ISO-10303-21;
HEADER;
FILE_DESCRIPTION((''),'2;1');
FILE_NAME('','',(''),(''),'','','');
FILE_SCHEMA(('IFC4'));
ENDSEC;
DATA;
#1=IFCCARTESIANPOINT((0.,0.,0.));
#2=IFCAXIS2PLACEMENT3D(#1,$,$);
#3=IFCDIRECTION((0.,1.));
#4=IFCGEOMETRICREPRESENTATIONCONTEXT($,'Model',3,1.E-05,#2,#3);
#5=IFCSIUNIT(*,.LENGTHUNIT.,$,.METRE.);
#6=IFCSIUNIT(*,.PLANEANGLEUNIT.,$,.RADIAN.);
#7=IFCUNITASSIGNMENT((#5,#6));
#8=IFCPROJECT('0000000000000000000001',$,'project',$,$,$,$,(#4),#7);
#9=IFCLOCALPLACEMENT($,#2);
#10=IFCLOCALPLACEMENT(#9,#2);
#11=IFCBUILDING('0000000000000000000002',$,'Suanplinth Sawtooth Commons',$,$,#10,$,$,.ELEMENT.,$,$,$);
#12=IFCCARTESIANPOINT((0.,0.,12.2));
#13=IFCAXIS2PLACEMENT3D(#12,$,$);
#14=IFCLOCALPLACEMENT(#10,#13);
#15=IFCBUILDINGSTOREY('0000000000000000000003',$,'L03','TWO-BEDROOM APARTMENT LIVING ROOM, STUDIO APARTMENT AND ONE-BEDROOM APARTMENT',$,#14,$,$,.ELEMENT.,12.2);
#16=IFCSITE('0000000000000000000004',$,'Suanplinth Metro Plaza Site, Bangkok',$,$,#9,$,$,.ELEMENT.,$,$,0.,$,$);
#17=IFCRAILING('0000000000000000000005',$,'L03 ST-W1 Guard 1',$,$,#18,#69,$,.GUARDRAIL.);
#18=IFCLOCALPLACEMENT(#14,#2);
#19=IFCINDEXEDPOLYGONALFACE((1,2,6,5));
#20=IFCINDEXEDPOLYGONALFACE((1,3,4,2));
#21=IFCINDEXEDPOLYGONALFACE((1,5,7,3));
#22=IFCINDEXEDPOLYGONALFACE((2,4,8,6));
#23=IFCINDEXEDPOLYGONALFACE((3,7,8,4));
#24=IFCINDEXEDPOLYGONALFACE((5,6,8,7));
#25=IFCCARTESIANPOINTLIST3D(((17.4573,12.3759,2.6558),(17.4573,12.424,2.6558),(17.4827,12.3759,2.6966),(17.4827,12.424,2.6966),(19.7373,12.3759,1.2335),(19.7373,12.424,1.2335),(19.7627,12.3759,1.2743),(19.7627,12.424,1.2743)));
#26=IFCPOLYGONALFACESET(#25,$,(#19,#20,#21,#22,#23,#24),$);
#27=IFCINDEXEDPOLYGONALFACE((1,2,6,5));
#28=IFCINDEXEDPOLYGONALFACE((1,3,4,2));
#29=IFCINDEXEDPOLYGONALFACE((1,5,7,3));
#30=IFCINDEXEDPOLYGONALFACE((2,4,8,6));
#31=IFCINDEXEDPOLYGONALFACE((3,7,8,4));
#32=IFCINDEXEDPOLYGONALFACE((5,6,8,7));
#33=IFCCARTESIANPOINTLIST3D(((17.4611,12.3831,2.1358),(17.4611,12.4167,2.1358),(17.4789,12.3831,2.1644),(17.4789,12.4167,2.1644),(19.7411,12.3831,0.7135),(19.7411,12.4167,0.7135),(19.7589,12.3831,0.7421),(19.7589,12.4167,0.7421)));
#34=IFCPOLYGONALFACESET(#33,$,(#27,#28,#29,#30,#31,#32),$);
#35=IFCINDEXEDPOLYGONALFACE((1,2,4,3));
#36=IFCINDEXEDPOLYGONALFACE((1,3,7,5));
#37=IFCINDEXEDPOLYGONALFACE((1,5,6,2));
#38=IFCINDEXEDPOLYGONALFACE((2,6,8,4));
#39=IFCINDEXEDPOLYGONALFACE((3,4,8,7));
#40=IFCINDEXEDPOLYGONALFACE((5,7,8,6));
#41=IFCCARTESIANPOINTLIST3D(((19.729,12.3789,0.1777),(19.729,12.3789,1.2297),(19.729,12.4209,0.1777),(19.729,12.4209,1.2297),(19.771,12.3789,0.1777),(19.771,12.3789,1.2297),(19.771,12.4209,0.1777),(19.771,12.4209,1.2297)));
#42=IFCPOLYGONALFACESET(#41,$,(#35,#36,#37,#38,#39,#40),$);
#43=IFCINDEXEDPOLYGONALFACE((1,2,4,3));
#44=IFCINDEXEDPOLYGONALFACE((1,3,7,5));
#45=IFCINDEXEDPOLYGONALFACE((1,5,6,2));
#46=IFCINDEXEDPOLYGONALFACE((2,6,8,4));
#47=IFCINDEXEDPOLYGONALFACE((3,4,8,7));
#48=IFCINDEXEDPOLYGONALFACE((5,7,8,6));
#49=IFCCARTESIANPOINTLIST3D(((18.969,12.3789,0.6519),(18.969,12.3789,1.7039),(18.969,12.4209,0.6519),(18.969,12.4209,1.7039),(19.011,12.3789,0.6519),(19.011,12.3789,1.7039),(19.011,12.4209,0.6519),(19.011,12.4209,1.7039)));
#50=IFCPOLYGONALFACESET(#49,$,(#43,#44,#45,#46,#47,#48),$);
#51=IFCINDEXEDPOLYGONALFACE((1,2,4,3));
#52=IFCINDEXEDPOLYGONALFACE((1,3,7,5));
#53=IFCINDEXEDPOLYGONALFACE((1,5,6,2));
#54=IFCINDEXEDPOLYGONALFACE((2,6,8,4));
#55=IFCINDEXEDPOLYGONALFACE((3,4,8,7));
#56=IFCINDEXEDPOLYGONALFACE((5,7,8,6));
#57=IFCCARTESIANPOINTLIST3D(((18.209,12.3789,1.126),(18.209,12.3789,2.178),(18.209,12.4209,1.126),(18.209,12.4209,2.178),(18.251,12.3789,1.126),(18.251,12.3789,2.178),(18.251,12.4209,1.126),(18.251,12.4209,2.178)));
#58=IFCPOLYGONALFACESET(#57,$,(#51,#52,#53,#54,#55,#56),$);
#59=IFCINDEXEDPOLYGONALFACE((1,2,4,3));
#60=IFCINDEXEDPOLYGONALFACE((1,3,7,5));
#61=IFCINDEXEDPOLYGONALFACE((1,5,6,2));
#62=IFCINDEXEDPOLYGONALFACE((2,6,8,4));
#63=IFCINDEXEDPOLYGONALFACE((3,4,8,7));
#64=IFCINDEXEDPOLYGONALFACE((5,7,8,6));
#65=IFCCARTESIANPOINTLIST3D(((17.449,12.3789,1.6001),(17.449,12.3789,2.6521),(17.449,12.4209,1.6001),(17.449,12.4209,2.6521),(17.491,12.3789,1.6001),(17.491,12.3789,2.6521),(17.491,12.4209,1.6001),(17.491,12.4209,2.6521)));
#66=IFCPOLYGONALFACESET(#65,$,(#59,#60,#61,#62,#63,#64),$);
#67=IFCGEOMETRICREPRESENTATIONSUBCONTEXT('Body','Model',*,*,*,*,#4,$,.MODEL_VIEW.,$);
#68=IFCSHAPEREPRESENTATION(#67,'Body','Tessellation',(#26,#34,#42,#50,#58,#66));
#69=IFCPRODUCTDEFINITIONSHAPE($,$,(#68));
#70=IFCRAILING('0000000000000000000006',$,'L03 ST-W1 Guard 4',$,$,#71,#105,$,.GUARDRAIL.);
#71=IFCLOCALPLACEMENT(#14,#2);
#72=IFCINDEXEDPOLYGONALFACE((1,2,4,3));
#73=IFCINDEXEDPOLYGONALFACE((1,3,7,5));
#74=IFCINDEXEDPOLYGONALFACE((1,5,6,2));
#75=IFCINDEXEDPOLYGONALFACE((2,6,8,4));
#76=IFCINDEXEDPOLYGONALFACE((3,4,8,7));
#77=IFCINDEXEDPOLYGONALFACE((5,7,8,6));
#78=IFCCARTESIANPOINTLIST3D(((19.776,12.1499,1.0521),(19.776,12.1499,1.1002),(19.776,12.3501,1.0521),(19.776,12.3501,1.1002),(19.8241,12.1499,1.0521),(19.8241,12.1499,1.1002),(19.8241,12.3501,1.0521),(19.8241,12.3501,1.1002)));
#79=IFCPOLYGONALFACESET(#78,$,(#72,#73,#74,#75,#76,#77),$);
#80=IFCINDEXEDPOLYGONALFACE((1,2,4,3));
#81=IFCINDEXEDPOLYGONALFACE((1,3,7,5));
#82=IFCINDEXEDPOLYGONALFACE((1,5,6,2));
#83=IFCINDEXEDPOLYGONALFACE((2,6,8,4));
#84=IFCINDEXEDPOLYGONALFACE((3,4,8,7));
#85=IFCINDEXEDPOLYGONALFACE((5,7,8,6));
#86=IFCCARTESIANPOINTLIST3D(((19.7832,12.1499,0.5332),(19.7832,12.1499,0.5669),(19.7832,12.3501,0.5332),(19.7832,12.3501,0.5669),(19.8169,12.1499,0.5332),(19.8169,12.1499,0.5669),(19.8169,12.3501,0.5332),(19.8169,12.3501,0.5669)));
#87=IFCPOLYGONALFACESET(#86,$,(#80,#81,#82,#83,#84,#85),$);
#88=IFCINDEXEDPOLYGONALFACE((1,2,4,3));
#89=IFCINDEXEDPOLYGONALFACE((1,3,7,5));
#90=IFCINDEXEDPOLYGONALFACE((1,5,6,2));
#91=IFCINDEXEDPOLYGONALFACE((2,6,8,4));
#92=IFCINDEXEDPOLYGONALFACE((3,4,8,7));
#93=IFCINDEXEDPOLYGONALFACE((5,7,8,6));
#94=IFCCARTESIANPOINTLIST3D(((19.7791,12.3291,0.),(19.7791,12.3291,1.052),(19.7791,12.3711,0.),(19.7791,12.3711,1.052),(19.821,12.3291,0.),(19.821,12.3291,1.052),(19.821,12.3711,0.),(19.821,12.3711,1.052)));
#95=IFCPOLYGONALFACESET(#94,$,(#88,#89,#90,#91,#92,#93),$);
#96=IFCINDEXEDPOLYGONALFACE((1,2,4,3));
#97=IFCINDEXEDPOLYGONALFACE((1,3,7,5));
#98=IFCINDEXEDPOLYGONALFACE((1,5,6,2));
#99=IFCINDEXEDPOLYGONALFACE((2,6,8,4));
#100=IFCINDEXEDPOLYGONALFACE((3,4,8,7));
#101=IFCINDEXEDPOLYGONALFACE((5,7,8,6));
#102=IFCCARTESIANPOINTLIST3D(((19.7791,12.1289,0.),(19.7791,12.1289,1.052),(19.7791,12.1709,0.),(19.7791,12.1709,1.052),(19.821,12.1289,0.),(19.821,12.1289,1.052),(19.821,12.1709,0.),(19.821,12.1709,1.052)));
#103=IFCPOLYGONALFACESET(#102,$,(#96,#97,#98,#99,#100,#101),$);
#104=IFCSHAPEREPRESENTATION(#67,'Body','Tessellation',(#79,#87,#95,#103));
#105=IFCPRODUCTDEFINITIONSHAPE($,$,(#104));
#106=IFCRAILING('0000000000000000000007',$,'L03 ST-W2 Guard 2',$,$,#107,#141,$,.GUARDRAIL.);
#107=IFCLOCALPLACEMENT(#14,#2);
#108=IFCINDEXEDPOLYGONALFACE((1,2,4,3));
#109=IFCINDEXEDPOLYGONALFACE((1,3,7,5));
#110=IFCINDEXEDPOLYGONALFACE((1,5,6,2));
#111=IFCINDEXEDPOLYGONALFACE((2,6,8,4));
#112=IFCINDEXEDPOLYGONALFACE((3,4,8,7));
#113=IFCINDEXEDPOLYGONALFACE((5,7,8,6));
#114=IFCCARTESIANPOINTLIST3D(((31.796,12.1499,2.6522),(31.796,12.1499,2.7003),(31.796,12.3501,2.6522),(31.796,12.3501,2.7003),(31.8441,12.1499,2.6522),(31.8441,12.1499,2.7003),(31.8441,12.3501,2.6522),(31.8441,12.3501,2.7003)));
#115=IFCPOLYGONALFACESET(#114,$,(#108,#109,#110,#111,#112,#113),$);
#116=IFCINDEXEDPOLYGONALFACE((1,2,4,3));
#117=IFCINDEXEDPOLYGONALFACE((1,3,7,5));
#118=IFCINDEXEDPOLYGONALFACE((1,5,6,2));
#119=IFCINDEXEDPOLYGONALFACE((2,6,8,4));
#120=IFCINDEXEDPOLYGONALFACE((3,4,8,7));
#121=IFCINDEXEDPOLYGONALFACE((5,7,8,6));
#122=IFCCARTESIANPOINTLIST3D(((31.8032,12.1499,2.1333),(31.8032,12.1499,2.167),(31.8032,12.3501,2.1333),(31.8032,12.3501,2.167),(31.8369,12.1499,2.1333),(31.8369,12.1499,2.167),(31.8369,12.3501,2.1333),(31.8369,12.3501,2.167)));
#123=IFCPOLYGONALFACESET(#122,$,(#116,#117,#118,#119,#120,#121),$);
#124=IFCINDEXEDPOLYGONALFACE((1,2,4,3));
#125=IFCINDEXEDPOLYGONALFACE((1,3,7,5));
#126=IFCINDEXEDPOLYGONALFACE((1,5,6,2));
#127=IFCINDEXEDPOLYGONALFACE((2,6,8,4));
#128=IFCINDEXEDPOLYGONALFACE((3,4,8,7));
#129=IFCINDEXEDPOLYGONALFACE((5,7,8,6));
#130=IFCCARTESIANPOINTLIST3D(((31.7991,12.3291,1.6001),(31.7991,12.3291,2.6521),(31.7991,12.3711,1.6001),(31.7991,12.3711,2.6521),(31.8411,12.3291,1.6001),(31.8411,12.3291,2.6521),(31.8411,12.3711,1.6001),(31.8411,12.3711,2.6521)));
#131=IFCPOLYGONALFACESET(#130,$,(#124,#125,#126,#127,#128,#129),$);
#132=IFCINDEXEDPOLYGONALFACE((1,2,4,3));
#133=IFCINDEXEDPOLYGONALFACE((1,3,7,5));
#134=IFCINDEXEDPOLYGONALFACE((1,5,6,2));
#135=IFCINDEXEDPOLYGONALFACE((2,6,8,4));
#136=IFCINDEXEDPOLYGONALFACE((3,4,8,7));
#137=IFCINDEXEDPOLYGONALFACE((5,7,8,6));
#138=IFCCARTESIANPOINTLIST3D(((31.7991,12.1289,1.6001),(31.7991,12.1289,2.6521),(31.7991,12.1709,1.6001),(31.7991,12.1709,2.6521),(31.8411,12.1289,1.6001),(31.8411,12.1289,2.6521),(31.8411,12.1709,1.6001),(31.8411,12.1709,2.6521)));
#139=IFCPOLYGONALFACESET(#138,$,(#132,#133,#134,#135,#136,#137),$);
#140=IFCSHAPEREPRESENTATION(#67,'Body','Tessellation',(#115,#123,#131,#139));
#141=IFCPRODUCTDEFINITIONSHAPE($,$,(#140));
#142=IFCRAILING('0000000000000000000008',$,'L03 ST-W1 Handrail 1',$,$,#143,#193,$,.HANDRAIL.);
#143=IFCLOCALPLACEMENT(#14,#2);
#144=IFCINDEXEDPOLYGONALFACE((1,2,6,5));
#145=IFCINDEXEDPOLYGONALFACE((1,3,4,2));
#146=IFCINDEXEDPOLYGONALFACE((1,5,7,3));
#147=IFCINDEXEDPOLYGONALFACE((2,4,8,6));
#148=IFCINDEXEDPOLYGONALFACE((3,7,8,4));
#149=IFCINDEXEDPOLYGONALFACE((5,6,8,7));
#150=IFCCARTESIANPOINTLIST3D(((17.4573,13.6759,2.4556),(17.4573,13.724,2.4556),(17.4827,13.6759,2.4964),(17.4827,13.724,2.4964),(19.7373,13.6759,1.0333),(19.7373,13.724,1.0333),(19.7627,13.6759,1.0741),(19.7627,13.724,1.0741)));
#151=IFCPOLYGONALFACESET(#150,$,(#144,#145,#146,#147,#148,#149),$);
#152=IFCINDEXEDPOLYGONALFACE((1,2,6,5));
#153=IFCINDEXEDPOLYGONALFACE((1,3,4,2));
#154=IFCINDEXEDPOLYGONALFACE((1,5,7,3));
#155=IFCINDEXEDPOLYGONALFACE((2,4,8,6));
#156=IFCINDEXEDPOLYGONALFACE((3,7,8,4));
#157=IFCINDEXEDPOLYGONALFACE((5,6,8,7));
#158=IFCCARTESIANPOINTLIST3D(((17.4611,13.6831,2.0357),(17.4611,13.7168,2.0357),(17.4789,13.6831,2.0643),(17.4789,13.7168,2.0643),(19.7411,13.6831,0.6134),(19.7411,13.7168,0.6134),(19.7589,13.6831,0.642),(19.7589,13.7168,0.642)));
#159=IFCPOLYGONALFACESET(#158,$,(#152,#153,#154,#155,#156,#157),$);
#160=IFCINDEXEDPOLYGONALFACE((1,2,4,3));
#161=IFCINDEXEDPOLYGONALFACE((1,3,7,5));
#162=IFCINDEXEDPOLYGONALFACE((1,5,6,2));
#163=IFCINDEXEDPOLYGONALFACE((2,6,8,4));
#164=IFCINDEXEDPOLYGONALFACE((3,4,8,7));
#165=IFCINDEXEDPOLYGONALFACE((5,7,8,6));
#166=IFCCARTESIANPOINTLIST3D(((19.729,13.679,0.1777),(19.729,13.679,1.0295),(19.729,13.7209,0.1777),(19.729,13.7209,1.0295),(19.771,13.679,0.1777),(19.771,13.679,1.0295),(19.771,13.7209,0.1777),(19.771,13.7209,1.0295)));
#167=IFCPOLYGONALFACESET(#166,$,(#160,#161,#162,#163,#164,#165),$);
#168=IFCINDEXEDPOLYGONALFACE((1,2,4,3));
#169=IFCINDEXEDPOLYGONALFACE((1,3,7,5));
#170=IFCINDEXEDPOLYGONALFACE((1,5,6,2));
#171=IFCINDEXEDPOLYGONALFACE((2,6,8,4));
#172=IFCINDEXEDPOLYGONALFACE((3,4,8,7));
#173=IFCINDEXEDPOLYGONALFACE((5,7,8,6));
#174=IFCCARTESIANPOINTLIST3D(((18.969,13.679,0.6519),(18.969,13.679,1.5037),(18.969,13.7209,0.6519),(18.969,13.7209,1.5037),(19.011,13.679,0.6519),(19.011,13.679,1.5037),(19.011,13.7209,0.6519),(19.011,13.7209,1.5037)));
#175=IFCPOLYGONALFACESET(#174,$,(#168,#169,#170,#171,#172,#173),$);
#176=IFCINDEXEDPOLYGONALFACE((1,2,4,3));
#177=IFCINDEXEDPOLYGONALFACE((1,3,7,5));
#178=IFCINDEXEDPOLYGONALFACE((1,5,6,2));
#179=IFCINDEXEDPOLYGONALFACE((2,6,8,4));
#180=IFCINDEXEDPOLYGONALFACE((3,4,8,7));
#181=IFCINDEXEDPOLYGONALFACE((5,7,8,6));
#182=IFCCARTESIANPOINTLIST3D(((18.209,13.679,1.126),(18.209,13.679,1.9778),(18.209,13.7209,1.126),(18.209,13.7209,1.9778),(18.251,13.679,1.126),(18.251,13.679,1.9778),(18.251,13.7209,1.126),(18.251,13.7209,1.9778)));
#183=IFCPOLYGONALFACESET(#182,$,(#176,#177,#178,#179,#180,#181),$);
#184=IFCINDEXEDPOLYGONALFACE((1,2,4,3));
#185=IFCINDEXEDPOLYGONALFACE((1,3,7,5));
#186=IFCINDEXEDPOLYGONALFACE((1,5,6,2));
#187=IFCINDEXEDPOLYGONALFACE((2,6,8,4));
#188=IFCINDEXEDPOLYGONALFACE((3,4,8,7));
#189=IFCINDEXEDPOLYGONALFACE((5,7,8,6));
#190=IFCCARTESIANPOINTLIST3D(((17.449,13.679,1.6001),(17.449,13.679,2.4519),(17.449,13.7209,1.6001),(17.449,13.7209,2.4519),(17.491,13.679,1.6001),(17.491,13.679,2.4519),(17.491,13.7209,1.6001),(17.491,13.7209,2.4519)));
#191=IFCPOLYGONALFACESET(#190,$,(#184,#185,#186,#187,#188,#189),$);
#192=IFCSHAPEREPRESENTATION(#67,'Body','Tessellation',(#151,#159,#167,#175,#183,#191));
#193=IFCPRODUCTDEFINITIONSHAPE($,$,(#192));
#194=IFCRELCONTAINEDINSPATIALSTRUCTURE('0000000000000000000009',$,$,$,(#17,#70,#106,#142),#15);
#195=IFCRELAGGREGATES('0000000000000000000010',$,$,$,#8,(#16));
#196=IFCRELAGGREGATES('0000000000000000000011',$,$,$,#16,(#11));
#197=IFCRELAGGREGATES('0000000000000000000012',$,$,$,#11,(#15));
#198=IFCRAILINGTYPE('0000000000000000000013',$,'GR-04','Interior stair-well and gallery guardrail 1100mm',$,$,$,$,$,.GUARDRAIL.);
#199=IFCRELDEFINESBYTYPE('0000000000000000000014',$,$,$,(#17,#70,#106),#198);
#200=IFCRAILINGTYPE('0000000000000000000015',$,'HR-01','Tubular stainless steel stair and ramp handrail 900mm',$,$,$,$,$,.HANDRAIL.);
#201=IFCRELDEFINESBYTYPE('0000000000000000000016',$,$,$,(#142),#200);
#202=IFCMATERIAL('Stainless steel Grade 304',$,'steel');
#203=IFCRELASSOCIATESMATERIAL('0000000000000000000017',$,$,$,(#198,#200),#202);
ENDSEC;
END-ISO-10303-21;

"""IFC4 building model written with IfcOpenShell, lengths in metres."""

from ifc_helpers import new_model, si_unit, direction, frame, origin, origin_2d, place, context, subcontext, project, spatial, rectangle, extrude, material, type_object, element, save


model = new_model("IFC4")

# Units and contexts
model_context = context("Model", 3, precision=1e-05, world=origin(), true_north=direction((0.0, 1.0)))
body_context = subcontext(model_context, "Body", "Model", "MODEL_VIEW")
ifc_project = project(units=[si_unit("LENGTHUNIT", "METRE"), si_unit("PLANEANGLEUNIT", "RADIAN")], contexts=[model_context])

# Site, building, storey
site_placement = place(None, origin())
site = spatial("IfcSite", under=ifc_project, at=site_placement, Name="Suanplinth Metro Plaza Site, Bangkok", CompositionType="ELEMENT", RefElevation=0.0)
building_placement = place(site_placement, origin())
building = spatial("IfcBuilding", under=site, at=building_placement, Name="Suanplinth Sawtooth Commons", CompositionType="ELEMENT")
storey_placement = place(building_placement, frame((0.0, 0.0, 12.2)))
storey = spatial("IfcBuildingStorey", under=building, at=storey_placement, Name="L03", Description="TWO-BEDROOM APARTMENT LIVING ROOM, STUDIO APARTMENT AND ONE-BEDROOM APARTMENT", CompositionType="ELEMENT", Elevation=12.2)

# Shared definitions
ifc_material_1 = material(Name="Stainless steel Grade 304", Category="steel")

# Railings
railing_type_1 = type_object("IfcRailingType", Name="GR-04", Description="Interior stair-well and gallery guardrail 1100mm", PredefinedType="GUARDRAIL", material=ifc_material_1)
railing_1_placement = place(storey_placement, frame((19.75, 12.3999, 0.1777)))
element("IfcRailing", 1, at=railing_1_placement, inside=storey, type_object=railing_type_1, Name="L03 ST-W1 Guard 1", PredefinedType="GUARDRAIL", context=body_context, shape_type="SweptSolid", body=[
    extrude(rectangle(XDim=0.0481, YDim=0.0481, at=origin_2d()), frame((0.0, 0.0, 1.0762), z_axis=(-0.848442, 0.0, 0.529288), x_axis=(0.0, -1.0, 0.0)), (0.0, 0.0, 1.0), 2.6873),
    extrude(rectangle(XDim=0.0337, YDim=0.0337, at=origin_2d()), frame((0.0, 0.0, 0.55), z_axis=(-0.848442, 0.0, 0.529288), x_axis=(0.0, -1.0, 0.0)), (0.0, 0.0, 1.0), 2.6873),
    extrude(rectangle(XDim=0.042, YDim=0.042, at=origin_2d()), origin(), (0.0, 0.0, 1.0), 1.052),
    extrude(rectangle(XDim=0.042, YDim=0.042, at=origin_2d()), frame((-0.76, 0.0, 0.4741)), (0.0, 0.0, 1.0), 1.052),
    extrude(rectangle(XDim=0.042, YDim=0.042, at=origin_2d()), frame((-1.52, 0.0, 0.9482)), (0.0, 0.0, 1.0), 1.052),
    extrude(rectangle(XDim=0.042, YDim=0.042, at=origin_2d()), frame((-2.28, 0.0, 1.4224)), (0.0, 0.0, 1.0), 1.052),
])
for number, where, name in (
    (2, (19.8, 12.3501, 0.0), "L03 ST-W1 Guard 4"),
    (3, (31.8201, 12.3501, 1.6001), "L03 ST-W2 Guard 2"),
):
    element("IfcRailing", number, at=place(storey_placement, frame(where)), inside=storey, type_object=railing_type_1, Name=name, PredefinedType="GUARDRAIL", context=body_context, shape_type="SweptSolid", body=[
        extrude(rectangle(XDim=0.0481, YDim=0.0481, at=origin_2d()), frame((0.0, 0.0, 1.0762), z_axis=(0.0, -1.0, 0.0), x_axis=(1.0, 0.0, 0.0)), (0.0, 0.0, 1.0), 0.2002),
        extrude(rectangle(XDim=0.0337, YDim=0.0337, at=origin_2d()), frame((0.0, 0.0, 0.55), z_axis=(0.0, -1.0, 0.0), x_axis=(1.0, 0.0, 0.0)), (0.0, 0.0, 1.0), 0.2002),
        extrude(rectangle(XDim=0.042, YDim=0.042, at=origin_2d()), origin(), (0.0, 0.0, 1.0), 1.052),
        extrude(rectangle(XDim=0.042, YDim=0.042, at=origin_2d()), frame((0.0, -0.2002, 0.0)), (0.0, 0.0, 1.0), 1.052),
    ])
railing_type_2 = type_object("IfcRailingType", Name="HR-01", Description="Tubular stainless steel stair and ramp handrail 900mm", PredefinedType="HANDRAIL", material=ifc_material_1)
railing_2_placement = place(storey_placement, frame((19.75, 13.7, 0.1777)))
element("IfcRailing", 4, at=railing_2_placement, inside=storey, type_object=railing_type_2, Name="L03 ST-W1 Handrail 1", PredefinedType="HANDRAIL", context=body_context, shape_type="SweptSolid", body=[
    extrude(rectangle(XDim=0.0481, YDim=0.0481, at=origin_2d()), frame((0.0, 0.0, 0.876), z_axis=(-0.848442, 0.0, 0.529288), x_axis=(0.0, -1.0, 0.0)), (0.0, 0.0, 1.0), 2.6873),
    extrude(rectangle(XDim=0.0337, YDim=0.0337, at=origin_2d()), frame((0.0, 0.0, 0.45), z_axis=(-0.848442, 0.0, 0.529288), x_axis=(0.0, -1.0, 0.0)), (0.0, 0.0, 1.0), 2.6873),
    extrude(rectangle(XDim=0.042, YDim=0.042, at=origin_2d()), origin(), (0.0, 0.0, 1.0), 0.8518),
    extrude(rectangle(XDim=0.042, YDim=0.042, at=origin_2d()), frame((-0.76, 0.0, 0.4741)), (0.0, 0.0, 1.0), 0.8518),
    extrude(rectangle(XDim=0.042, YDim=0.042, at=origin_2d()), frame((-1.52, 0.0, 0.9482)), (0.0, 0.0, 1.0), 0.8518),
    extrude(rectangle(XDim=0.042, YDim=0.042, at=origin_2d()), frame((-2.28, 0.0, 1.4224)), (0.0, 0.0, 1.0), 0.8518),
])

save(model, "model.ifc")
